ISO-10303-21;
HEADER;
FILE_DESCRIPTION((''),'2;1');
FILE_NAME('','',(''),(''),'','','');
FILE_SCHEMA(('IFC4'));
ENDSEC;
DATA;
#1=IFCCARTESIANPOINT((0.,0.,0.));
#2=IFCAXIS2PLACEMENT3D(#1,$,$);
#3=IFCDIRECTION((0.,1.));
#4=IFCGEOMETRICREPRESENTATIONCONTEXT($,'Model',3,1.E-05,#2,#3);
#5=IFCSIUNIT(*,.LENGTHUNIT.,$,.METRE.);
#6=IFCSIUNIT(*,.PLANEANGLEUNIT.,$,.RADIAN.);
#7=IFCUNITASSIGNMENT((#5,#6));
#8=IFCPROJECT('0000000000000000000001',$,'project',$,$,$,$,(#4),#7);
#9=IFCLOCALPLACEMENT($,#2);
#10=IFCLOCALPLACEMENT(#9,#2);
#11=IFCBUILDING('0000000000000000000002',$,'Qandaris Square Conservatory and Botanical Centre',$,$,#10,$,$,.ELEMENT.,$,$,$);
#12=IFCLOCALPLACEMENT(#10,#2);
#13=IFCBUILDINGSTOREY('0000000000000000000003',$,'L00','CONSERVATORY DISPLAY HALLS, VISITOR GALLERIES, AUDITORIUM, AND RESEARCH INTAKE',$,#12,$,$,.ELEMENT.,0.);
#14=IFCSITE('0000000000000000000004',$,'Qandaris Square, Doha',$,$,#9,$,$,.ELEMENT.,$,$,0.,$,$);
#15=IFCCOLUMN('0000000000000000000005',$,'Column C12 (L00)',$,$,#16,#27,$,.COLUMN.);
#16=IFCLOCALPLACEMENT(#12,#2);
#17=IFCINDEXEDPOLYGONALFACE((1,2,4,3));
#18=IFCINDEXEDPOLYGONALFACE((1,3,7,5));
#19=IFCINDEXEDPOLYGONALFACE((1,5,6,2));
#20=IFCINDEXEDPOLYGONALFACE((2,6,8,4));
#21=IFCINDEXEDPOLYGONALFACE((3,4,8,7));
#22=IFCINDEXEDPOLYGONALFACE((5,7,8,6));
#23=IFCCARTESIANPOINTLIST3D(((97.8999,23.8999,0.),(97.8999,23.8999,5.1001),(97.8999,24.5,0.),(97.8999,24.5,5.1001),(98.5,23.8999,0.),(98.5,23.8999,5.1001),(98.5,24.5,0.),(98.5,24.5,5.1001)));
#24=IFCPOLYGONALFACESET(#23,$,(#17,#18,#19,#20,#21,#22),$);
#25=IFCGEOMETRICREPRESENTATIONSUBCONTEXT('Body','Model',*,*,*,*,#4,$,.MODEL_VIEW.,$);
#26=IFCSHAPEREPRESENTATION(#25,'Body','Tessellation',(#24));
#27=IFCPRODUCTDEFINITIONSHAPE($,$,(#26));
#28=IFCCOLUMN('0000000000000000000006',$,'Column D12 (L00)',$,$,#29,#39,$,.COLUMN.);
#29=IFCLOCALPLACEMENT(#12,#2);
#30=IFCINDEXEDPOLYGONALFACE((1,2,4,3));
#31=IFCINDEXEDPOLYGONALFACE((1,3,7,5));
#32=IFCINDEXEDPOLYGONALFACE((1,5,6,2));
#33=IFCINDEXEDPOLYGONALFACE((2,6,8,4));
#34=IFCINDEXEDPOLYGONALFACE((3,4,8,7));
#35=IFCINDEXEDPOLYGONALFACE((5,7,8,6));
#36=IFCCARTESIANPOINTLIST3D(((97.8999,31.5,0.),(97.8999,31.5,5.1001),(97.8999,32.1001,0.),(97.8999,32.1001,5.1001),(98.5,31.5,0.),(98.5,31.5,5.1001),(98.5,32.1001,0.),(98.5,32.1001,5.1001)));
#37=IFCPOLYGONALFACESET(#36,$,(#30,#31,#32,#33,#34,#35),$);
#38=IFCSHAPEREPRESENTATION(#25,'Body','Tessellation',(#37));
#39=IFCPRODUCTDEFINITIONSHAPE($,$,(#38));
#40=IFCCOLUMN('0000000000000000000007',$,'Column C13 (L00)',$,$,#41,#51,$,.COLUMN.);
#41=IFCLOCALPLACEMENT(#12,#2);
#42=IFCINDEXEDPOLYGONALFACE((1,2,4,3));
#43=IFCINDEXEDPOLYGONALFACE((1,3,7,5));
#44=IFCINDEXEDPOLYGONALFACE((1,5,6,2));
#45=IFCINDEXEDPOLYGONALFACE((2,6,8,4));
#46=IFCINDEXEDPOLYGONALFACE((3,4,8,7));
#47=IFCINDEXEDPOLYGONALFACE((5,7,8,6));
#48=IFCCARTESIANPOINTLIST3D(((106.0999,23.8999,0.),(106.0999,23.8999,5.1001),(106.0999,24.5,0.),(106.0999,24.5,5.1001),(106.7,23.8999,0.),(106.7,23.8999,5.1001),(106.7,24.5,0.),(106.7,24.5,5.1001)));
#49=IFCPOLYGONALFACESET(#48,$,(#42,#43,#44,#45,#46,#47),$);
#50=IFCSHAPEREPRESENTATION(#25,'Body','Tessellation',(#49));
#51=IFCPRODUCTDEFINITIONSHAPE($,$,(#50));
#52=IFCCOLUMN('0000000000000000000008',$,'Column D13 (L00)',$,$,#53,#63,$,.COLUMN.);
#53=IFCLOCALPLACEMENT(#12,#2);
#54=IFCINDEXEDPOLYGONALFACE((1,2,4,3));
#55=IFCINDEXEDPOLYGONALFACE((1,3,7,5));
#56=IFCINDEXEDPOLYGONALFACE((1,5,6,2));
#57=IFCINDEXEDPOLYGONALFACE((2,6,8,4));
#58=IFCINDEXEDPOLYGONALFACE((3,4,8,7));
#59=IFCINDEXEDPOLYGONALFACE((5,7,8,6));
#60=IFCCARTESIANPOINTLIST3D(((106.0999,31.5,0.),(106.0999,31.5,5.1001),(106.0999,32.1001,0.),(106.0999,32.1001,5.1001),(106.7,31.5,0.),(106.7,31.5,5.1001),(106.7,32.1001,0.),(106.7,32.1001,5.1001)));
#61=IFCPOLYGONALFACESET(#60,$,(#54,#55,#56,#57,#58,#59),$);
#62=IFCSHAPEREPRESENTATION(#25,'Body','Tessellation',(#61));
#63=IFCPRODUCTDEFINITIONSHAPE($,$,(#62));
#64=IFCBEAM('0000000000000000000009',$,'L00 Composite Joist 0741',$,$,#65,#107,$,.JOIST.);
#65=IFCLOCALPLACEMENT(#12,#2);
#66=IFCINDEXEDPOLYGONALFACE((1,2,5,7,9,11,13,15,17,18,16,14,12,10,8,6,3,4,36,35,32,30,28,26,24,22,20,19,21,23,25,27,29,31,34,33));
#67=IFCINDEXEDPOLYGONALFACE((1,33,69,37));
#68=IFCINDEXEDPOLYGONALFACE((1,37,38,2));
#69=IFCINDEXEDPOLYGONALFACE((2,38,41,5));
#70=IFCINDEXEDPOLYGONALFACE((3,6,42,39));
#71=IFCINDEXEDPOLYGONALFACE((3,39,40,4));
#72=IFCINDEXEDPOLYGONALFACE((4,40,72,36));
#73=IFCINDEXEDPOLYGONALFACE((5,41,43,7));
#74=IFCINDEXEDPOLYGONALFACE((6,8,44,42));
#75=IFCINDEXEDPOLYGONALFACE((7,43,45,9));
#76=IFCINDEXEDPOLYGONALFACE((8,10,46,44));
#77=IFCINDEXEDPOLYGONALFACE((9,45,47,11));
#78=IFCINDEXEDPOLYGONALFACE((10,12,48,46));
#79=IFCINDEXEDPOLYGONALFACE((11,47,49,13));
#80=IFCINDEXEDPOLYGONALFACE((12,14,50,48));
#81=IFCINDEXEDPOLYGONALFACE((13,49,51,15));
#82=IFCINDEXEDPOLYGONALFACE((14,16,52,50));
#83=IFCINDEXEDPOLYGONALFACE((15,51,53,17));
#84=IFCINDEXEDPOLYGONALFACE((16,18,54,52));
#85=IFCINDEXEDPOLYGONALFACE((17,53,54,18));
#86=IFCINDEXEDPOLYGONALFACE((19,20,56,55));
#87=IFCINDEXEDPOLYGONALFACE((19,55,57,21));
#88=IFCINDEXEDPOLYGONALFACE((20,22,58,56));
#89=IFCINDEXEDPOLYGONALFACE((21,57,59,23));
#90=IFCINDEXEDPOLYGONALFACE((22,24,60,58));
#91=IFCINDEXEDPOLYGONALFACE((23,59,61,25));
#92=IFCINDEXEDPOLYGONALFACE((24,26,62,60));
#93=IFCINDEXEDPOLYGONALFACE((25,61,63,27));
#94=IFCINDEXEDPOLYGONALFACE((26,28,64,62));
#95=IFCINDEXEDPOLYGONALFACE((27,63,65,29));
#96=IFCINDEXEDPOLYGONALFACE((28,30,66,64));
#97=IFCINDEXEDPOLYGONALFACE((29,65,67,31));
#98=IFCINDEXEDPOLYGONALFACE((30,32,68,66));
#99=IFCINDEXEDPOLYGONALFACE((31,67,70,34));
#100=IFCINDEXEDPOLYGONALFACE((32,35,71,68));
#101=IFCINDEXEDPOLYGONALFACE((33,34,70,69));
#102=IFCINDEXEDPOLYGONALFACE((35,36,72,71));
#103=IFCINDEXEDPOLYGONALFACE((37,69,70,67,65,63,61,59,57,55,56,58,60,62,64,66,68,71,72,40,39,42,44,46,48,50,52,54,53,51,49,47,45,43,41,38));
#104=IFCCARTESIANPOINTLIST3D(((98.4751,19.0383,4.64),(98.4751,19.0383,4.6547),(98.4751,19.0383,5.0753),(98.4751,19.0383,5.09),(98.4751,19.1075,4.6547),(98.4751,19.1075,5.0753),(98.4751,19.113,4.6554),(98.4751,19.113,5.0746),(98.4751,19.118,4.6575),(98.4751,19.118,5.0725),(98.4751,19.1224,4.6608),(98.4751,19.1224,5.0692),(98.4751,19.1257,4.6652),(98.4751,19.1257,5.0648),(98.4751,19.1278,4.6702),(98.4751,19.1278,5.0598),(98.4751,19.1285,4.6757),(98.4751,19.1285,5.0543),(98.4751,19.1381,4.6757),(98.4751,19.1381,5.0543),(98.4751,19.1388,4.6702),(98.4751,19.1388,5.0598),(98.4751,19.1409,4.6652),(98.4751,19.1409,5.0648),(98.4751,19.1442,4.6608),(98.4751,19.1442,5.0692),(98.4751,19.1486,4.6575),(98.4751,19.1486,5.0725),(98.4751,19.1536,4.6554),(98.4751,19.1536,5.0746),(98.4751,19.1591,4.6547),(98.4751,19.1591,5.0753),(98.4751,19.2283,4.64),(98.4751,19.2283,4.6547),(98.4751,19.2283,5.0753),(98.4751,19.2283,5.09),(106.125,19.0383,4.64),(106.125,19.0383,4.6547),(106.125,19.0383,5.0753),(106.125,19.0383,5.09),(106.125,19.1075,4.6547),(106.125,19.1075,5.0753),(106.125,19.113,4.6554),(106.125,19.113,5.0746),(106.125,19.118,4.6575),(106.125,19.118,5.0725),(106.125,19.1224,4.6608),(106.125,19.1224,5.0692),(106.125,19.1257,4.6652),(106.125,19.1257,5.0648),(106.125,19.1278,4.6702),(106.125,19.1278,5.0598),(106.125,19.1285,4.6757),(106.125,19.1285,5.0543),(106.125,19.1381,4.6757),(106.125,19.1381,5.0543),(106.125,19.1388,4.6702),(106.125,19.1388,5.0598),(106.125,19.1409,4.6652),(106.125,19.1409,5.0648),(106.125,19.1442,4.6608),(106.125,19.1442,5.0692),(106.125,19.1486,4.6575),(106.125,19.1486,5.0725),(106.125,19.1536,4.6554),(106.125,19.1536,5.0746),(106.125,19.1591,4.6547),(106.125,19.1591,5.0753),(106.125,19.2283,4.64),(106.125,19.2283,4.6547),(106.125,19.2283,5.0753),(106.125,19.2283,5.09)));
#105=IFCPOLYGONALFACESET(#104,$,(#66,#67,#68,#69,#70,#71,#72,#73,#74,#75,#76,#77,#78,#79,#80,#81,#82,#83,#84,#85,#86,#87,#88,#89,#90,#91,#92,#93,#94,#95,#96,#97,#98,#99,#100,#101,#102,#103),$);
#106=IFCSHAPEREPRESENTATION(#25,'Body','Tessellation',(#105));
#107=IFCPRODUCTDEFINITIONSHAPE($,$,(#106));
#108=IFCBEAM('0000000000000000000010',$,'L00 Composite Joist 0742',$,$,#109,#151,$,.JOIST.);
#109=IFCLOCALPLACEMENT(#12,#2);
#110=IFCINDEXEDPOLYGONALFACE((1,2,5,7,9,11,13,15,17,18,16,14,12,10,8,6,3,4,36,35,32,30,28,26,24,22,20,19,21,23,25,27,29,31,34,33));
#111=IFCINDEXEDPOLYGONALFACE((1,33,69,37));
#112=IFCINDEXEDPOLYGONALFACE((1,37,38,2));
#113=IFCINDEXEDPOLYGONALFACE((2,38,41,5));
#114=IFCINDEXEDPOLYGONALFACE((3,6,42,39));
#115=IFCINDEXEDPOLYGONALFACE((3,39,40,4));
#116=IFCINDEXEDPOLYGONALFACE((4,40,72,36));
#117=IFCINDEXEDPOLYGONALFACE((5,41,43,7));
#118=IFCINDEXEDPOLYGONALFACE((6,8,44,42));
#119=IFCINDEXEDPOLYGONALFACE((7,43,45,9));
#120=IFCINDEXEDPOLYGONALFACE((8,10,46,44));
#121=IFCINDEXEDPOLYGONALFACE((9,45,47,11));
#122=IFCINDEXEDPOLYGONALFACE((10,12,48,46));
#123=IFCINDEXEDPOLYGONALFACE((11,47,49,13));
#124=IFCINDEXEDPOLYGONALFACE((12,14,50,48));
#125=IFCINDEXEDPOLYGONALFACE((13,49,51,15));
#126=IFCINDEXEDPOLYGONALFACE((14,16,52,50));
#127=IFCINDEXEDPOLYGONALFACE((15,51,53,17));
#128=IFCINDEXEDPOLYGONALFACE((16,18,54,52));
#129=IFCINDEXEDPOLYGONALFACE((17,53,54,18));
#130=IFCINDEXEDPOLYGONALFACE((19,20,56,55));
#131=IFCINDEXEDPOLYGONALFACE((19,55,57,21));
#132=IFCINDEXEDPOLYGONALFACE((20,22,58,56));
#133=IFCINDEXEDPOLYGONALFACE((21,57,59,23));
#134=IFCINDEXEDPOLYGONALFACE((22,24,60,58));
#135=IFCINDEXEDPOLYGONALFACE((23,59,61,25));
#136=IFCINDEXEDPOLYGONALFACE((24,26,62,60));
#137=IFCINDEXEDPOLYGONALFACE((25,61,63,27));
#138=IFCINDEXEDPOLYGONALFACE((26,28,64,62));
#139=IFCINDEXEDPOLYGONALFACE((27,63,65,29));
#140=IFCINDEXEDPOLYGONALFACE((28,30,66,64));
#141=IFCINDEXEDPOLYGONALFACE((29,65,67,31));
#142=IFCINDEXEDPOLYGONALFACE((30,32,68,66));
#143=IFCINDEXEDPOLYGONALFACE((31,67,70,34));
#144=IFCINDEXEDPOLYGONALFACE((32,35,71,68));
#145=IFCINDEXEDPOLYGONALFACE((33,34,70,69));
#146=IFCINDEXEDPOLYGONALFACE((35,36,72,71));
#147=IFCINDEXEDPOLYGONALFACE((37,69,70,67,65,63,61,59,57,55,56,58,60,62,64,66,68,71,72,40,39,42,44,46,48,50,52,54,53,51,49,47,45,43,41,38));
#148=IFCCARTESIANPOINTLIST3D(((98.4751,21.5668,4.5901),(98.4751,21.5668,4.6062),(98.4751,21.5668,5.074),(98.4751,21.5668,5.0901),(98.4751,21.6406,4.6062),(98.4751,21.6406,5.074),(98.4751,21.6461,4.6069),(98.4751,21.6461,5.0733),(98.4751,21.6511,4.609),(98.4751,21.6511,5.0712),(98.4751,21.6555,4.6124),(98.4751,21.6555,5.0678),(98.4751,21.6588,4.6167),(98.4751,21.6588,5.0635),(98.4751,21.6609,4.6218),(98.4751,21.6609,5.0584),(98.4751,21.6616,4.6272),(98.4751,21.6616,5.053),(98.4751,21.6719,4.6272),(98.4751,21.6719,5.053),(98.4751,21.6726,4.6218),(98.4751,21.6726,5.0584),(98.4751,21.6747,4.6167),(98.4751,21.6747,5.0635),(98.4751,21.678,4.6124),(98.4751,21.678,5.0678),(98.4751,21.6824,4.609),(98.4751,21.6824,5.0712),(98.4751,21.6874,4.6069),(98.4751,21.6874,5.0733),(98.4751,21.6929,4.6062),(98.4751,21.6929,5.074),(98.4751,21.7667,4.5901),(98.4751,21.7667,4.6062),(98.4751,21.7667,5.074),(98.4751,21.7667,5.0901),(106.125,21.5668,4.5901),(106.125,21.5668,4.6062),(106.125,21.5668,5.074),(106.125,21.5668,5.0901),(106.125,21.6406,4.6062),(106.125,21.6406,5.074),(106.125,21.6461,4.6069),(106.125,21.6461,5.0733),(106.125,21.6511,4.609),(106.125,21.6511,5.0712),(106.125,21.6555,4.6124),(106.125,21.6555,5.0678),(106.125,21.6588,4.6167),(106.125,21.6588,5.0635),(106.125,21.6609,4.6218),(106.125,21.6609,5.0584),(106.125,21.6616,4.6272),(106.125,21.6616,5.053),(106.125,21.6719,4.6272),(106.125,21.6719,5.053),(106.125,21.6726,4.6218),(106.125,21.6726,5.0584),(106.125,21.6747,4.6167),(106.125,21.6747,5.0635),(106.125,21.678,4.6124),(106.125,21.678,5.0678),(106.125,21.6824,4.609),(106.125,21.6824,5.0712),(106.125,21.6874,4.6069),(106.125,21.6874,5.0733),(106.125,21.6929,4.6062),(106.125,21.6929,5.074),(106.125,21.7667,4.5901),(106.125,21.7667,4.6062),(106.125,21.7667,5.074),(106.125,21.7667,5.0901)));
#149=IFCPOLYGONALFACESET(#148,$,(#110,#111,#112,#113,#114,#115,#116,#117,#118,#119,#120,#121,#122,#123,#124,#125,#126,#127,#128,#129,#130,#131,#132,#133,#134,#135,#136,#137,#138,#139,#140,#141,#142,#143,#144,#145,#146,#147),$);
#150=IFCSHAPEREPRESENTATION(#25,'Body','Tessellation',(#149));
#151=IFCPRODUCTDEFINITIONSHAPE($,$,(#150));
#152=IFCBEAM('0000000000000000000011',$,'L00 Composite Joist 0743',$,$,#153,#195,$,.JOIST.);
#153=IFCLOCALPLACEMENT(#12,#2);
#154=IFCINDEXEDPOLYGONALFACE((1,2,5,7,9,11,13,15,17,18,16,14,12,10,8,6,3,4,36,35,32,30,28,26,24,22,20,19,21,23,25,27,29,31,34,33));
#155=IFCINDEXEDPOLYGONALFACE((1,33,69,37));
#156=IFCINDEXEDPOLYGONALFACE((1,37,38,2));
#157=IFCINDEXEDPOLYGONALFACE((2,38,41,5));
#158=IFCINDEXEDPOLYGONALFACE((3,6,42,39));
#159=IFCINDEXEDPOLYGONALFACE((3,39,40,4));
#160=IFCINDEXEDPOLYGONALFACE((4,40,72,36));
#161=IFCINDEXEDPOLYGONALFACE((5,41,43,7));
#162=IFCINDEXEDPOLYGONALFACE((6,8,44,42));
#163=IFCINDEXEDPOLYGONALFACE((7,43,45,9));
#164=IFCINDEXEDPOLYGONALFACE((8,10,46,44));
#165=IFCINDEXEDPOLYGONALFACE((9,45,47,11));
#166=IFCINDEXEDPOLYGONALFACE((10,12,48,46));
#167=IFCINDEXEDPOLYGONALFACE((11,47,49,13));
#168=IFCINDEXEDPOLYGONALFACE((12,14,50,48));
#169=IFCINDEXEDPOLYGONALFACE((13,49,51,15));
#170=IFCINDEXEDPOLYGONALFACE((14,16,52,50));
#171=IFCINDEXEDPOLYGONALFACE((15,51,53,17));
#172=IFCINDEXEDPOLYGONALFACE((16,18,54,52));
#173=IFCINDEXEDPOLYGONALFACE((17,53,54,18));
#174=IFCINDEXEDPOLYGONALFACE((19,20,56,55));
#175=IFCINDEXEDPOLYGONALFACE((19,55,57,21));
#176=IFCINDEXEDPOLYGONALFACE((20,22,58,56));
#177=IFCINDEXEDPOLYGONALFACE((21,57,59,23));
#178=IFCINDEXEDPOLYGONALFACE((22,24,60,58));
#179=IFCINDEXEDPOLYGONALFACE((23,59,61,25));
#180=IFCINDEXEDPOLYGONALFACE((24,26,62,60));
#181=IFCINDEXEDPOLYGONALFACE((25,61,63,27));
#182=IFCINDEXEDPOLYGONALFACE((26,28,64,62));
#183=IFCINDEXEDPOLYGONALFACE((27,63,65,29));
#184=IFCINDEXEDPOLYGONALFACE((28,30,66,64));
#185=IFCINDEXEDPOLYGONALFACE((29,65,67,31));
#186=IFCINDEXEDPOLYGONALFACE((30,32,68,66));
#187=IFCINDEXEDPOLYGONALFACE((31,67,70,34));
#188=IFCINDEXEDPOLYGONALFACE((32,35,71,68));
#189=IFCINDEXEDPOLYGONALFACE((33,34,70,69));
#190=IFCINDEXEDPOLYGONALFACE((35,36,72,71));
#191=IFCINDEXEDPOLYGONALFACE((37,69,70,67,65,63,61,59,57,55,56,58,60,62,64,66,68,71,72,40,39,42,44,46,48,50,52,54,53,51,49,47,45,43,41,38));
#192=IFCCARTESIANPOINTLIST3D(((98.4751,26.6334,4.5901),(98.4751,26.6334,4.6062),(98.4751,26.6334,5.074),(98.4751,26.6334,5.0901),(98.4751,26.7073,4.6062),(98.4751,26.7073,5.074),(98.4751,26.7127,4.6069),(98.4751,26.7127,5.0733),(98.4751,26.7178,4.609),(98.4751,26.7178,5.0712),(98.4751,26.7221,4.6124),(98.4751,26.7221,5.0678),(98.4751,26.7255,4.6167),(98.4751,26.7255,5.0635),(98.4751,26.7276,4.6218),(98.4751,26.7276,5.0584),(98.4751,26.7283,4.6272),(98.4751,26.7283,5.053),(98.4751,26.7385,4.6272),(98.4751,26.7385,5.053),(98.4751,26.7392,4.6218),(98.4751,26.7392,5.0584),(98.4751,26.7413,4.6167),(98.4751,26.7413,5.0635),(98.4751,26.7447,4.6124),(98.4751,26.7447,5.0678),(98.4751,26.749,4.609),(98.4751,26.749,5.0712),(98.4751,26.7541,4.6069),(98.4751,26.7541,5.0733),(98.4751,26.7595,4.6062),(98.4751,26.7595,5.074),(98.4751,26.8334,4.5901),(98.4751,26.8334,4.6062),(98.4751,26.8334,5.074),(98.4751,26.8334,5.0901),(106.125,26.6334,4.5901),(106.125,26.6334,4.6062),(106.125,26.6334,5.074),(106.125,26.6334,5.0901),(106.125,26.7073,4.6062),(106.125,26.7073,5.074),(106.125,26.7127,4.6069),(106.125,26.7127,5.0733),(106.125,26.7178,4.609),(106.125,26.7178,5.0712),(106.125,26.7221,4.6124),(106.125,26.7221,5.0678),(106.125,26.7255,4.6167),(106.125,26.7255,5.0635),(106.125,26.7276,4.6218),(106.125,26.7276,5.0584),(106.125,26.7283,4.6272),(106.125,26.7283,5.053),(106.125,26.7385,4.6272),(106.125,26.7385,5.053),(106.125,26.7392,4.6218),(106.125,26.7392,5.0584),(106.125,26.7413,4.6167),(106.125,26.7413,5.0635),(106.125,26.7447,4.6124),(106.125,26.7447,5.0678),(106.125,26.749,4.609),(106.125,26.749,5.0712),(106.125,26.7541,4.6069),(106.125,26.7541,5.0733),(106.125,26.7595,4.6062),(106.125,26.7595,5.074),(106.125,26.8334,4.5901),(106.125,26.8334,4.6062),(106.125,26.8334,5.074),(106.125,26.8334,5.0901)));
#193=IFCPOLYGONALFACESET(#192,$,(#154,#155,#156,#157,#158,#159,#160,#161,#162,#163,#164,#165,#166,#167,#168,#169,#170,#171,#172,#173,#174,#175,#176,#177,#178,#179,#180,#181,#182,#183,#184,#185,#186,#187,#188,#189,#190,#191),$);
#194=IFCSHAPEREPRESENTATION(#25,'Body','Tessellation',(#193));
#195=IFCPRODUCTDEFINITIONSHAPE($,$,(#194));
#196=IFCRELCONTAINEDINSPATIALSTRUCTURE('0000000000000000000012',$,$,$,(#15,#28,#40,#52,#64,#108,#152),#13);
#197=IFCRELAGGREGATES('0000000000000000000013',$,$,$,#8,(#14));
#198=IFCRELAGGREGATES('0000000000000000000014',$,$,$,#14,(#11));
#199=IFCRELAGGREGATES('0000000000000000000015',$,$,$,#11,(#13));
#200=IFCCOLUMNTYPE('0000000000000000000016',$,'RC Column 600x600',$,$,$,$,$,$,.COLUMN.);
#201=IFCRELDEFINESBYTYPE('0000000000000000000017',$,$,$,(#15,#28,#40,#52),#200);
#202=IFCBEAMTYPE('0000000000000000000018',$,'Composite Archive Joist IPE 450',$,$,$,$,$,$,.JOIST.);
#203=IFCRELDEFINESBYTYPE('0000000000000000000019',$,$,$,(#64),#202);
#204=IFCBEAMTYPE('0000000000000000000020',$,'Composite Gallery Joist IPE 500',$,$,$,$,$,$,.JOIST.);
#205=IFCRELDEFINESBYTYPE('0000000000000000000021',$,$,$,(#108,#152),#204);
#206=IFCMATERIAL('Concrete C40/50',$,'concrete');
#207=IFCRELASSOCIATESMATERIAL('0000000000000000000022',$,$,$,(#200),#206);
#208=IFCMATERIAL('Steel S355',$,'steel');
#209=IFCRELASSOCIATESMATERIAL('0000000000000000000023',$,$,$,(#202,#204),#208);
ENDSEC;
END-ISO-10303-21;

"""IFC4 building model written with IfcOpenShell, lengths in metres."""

from ifc_helpers import new_model, si_unit, direction, frame, origin, origin_2d, place, context, subcontext, project, spatial, rectangle, i_section, extrude, material, material_profile, profile_set, type_object, element, save


model = new_model("IFC4")

# Units and contexts
model_context = context("Model", 3, precision=1e-05, world=origin(), true_north=direction((0.0, 1.0)))
body_context = subcontext(model_context, "Body", "Model", "MODEL_VIEW")
ifc_project = project(units=[si_unit("LENGTHUNIT", "METRE"), si_unit("PLANEANGLEUNIT", "RADIAN")], contexts=[model_context])

# Site, building, storey
site_placement = place(None, origin())
site = spatial("IfcSite", under=ifc_project, at=site_placement, Name="Qandaris Square, Doha", CompositionType="ELEMENT", RefElevation=0.0)
building_placement = place(site_placement, origin())
building = spatial("IfcBuilding", under=site, at=building_placement, Name="Qandaris Square Conservatory and Botanical Centre", CompositionType="ELEMENT")
storey_placement = place(building_placement, origin())
storey = spatial("IfcBuildingStorey", under=building, at=storey_placement, Name="L00", Description="CONSERVATORY DISPLAY HALLS, VISITOR GALLERIES, AUDITORIUM, AND RESEARCH INTAKE", CompositionType="ELEMENT", Elevation=0.0)

# Columns
ifc_material_1 = material(Name="Concrete C40/50", Category="concrete")
ifc_material_profile_1 = material_profile(ifc_material_1, rectangle(XDim=0.6001, YDim=0.6001, at=origin_2d()), Name="RC-COL 600x600")
ifc_profile_set_1 = profile_set([ifc_material_profile_1], Name="Concrete C40/50")
column_type = type_object("IfcColumnType", Name="RC Column 600x600", PredefinedType="COLUMN", material=ifc_profile_set_1)
for number, where, z_axis, x_axis, name in (
    (1, (98.2, 24.2, 0.0), (0.0, 0.0, 1.0), (1.0, 0.0, 0.0), "Column C12 (L00)"),
    (2, (98.2, 31.8, 0.0), (0.0, 0.0, 1.0), (1.0, 0.0, 0.0), "Column D12 (L00)"),
    (3, (106.3999, 24.2, 0.0), (0.0, 0.0, 1.0), (1.0, 0.0, 0.0), "Column C13 (L00)"),
    (4, (106.3999, 31.8, 0.0), (0.0, 0.0, 1.0), (1.0, 0.0, 0.0), "Column D13 (L00)"),
):
    element("IfcColumn", number, at=place(storey_placement, frame(where, z_axis=z_axis, x_axis=x_axis)), inside=storey, type_object=column_type, Name=name, PredefinedType="COLUMN", context=body_context, shape_type="SweptSolid", body=[
        extrude(rectangle(XDim=0.6001, YDim=0.6001, at=origin_2d()), origin(), (0.0, 0.0, 1.0), 5.1001),
    ])

# Beams
ifc_material_2 = material(Name="Steel S355", Category="steel")
ifc_material_profile_2 = material_profile(ifc_material_2, i_section(OverallWidth=0.1899, OverallDepth=0.45, WebThickness=0.0095, FlangeThickness=0.0146, FilletRadius=0.021, at=origin_2d()), Name="IPE 450")
ifc_profile_set_2 = profile_set([ifc_material_profile_2], Name="Steel S355")
beam_type_1 = type_object("IfcBeamType", Name="Composite Archive Joist IPE 450", PredefinedType="JOIST", material=ifc_profile_set_2)
beam_1_placement = place(storey_placement, frame((98.4751, 19.1333, 4.865), z_axis=(1.0, 0.0, 0.0), x_axis=(0.0, 1.0, 0.0)))
element("IfcBeam", 5, at=beam_1_placement, inside=storey, type_object=beam_type_1, Name="L00 Composite Joist 0741", PredefinedType="JOIST", context=body_context, shape_type="SweptSolid", body=[
    extrude(i_section(OverallWidth=0.1899, OverallDepth=0.45, WebThickness=0.0095, FlangeThickness=0.0146, FilletRadius=0.021, at=origin_2d()), origin(), (0.0, 0.0, 1.0), 7.6499),
])
ifc_material_profile_3 = material_profile(ifc_material_2, i_section(OverallWidth=0.2, OverallDepth=0.5, WebThickness=0.0103, FlangeThickness=0.0161, FilletRadius=0.021, at=origin_2d()), Name="IPE 500")
ifc_profile_set_3 = profile_set([ifc_material_profile_3], Name="Steel S355")
beam_type_2 = type_object("IfcBeamType", Name="Composite Gallery Joist IPE 500", PredefinedType="JOIST", material=ifc_profile_set_3)
for number, where, z_axis, x_axis, name in (
    (6, (98.4751, 21.6667, 4.8401), (1.0, 0.0, 0.0), (0.0, 1.0, 0.0), "L00 Composite Joist 0742"),
    (7, (98.4751, 26.7334, 4.8401), (1.0, 0.0, 0.0), (0.0, 1.0, 0.0), "L00 Composite Joist 0743"),
):
    element("IfcBeam", number, at=place(storey_placement, frame(where, z_axis=z_axis, x_axis=x_axis)), inside=storey, type_object=beam_type_2, Name=name, PredefinedType="JOIST", context=body_context, shape_type="SweptSolid", body=[
        extrude(i_section(OverallWidth=0.2, OverallDepth=0.5, WebThickness=0.0103, FlangeThickness=0.0161, FilletRadius=0.021, at=origin_2d()), origin(), (0.0, 0.0, 1.0), 7.6499),
    ])

save(model, "model.ifc")
